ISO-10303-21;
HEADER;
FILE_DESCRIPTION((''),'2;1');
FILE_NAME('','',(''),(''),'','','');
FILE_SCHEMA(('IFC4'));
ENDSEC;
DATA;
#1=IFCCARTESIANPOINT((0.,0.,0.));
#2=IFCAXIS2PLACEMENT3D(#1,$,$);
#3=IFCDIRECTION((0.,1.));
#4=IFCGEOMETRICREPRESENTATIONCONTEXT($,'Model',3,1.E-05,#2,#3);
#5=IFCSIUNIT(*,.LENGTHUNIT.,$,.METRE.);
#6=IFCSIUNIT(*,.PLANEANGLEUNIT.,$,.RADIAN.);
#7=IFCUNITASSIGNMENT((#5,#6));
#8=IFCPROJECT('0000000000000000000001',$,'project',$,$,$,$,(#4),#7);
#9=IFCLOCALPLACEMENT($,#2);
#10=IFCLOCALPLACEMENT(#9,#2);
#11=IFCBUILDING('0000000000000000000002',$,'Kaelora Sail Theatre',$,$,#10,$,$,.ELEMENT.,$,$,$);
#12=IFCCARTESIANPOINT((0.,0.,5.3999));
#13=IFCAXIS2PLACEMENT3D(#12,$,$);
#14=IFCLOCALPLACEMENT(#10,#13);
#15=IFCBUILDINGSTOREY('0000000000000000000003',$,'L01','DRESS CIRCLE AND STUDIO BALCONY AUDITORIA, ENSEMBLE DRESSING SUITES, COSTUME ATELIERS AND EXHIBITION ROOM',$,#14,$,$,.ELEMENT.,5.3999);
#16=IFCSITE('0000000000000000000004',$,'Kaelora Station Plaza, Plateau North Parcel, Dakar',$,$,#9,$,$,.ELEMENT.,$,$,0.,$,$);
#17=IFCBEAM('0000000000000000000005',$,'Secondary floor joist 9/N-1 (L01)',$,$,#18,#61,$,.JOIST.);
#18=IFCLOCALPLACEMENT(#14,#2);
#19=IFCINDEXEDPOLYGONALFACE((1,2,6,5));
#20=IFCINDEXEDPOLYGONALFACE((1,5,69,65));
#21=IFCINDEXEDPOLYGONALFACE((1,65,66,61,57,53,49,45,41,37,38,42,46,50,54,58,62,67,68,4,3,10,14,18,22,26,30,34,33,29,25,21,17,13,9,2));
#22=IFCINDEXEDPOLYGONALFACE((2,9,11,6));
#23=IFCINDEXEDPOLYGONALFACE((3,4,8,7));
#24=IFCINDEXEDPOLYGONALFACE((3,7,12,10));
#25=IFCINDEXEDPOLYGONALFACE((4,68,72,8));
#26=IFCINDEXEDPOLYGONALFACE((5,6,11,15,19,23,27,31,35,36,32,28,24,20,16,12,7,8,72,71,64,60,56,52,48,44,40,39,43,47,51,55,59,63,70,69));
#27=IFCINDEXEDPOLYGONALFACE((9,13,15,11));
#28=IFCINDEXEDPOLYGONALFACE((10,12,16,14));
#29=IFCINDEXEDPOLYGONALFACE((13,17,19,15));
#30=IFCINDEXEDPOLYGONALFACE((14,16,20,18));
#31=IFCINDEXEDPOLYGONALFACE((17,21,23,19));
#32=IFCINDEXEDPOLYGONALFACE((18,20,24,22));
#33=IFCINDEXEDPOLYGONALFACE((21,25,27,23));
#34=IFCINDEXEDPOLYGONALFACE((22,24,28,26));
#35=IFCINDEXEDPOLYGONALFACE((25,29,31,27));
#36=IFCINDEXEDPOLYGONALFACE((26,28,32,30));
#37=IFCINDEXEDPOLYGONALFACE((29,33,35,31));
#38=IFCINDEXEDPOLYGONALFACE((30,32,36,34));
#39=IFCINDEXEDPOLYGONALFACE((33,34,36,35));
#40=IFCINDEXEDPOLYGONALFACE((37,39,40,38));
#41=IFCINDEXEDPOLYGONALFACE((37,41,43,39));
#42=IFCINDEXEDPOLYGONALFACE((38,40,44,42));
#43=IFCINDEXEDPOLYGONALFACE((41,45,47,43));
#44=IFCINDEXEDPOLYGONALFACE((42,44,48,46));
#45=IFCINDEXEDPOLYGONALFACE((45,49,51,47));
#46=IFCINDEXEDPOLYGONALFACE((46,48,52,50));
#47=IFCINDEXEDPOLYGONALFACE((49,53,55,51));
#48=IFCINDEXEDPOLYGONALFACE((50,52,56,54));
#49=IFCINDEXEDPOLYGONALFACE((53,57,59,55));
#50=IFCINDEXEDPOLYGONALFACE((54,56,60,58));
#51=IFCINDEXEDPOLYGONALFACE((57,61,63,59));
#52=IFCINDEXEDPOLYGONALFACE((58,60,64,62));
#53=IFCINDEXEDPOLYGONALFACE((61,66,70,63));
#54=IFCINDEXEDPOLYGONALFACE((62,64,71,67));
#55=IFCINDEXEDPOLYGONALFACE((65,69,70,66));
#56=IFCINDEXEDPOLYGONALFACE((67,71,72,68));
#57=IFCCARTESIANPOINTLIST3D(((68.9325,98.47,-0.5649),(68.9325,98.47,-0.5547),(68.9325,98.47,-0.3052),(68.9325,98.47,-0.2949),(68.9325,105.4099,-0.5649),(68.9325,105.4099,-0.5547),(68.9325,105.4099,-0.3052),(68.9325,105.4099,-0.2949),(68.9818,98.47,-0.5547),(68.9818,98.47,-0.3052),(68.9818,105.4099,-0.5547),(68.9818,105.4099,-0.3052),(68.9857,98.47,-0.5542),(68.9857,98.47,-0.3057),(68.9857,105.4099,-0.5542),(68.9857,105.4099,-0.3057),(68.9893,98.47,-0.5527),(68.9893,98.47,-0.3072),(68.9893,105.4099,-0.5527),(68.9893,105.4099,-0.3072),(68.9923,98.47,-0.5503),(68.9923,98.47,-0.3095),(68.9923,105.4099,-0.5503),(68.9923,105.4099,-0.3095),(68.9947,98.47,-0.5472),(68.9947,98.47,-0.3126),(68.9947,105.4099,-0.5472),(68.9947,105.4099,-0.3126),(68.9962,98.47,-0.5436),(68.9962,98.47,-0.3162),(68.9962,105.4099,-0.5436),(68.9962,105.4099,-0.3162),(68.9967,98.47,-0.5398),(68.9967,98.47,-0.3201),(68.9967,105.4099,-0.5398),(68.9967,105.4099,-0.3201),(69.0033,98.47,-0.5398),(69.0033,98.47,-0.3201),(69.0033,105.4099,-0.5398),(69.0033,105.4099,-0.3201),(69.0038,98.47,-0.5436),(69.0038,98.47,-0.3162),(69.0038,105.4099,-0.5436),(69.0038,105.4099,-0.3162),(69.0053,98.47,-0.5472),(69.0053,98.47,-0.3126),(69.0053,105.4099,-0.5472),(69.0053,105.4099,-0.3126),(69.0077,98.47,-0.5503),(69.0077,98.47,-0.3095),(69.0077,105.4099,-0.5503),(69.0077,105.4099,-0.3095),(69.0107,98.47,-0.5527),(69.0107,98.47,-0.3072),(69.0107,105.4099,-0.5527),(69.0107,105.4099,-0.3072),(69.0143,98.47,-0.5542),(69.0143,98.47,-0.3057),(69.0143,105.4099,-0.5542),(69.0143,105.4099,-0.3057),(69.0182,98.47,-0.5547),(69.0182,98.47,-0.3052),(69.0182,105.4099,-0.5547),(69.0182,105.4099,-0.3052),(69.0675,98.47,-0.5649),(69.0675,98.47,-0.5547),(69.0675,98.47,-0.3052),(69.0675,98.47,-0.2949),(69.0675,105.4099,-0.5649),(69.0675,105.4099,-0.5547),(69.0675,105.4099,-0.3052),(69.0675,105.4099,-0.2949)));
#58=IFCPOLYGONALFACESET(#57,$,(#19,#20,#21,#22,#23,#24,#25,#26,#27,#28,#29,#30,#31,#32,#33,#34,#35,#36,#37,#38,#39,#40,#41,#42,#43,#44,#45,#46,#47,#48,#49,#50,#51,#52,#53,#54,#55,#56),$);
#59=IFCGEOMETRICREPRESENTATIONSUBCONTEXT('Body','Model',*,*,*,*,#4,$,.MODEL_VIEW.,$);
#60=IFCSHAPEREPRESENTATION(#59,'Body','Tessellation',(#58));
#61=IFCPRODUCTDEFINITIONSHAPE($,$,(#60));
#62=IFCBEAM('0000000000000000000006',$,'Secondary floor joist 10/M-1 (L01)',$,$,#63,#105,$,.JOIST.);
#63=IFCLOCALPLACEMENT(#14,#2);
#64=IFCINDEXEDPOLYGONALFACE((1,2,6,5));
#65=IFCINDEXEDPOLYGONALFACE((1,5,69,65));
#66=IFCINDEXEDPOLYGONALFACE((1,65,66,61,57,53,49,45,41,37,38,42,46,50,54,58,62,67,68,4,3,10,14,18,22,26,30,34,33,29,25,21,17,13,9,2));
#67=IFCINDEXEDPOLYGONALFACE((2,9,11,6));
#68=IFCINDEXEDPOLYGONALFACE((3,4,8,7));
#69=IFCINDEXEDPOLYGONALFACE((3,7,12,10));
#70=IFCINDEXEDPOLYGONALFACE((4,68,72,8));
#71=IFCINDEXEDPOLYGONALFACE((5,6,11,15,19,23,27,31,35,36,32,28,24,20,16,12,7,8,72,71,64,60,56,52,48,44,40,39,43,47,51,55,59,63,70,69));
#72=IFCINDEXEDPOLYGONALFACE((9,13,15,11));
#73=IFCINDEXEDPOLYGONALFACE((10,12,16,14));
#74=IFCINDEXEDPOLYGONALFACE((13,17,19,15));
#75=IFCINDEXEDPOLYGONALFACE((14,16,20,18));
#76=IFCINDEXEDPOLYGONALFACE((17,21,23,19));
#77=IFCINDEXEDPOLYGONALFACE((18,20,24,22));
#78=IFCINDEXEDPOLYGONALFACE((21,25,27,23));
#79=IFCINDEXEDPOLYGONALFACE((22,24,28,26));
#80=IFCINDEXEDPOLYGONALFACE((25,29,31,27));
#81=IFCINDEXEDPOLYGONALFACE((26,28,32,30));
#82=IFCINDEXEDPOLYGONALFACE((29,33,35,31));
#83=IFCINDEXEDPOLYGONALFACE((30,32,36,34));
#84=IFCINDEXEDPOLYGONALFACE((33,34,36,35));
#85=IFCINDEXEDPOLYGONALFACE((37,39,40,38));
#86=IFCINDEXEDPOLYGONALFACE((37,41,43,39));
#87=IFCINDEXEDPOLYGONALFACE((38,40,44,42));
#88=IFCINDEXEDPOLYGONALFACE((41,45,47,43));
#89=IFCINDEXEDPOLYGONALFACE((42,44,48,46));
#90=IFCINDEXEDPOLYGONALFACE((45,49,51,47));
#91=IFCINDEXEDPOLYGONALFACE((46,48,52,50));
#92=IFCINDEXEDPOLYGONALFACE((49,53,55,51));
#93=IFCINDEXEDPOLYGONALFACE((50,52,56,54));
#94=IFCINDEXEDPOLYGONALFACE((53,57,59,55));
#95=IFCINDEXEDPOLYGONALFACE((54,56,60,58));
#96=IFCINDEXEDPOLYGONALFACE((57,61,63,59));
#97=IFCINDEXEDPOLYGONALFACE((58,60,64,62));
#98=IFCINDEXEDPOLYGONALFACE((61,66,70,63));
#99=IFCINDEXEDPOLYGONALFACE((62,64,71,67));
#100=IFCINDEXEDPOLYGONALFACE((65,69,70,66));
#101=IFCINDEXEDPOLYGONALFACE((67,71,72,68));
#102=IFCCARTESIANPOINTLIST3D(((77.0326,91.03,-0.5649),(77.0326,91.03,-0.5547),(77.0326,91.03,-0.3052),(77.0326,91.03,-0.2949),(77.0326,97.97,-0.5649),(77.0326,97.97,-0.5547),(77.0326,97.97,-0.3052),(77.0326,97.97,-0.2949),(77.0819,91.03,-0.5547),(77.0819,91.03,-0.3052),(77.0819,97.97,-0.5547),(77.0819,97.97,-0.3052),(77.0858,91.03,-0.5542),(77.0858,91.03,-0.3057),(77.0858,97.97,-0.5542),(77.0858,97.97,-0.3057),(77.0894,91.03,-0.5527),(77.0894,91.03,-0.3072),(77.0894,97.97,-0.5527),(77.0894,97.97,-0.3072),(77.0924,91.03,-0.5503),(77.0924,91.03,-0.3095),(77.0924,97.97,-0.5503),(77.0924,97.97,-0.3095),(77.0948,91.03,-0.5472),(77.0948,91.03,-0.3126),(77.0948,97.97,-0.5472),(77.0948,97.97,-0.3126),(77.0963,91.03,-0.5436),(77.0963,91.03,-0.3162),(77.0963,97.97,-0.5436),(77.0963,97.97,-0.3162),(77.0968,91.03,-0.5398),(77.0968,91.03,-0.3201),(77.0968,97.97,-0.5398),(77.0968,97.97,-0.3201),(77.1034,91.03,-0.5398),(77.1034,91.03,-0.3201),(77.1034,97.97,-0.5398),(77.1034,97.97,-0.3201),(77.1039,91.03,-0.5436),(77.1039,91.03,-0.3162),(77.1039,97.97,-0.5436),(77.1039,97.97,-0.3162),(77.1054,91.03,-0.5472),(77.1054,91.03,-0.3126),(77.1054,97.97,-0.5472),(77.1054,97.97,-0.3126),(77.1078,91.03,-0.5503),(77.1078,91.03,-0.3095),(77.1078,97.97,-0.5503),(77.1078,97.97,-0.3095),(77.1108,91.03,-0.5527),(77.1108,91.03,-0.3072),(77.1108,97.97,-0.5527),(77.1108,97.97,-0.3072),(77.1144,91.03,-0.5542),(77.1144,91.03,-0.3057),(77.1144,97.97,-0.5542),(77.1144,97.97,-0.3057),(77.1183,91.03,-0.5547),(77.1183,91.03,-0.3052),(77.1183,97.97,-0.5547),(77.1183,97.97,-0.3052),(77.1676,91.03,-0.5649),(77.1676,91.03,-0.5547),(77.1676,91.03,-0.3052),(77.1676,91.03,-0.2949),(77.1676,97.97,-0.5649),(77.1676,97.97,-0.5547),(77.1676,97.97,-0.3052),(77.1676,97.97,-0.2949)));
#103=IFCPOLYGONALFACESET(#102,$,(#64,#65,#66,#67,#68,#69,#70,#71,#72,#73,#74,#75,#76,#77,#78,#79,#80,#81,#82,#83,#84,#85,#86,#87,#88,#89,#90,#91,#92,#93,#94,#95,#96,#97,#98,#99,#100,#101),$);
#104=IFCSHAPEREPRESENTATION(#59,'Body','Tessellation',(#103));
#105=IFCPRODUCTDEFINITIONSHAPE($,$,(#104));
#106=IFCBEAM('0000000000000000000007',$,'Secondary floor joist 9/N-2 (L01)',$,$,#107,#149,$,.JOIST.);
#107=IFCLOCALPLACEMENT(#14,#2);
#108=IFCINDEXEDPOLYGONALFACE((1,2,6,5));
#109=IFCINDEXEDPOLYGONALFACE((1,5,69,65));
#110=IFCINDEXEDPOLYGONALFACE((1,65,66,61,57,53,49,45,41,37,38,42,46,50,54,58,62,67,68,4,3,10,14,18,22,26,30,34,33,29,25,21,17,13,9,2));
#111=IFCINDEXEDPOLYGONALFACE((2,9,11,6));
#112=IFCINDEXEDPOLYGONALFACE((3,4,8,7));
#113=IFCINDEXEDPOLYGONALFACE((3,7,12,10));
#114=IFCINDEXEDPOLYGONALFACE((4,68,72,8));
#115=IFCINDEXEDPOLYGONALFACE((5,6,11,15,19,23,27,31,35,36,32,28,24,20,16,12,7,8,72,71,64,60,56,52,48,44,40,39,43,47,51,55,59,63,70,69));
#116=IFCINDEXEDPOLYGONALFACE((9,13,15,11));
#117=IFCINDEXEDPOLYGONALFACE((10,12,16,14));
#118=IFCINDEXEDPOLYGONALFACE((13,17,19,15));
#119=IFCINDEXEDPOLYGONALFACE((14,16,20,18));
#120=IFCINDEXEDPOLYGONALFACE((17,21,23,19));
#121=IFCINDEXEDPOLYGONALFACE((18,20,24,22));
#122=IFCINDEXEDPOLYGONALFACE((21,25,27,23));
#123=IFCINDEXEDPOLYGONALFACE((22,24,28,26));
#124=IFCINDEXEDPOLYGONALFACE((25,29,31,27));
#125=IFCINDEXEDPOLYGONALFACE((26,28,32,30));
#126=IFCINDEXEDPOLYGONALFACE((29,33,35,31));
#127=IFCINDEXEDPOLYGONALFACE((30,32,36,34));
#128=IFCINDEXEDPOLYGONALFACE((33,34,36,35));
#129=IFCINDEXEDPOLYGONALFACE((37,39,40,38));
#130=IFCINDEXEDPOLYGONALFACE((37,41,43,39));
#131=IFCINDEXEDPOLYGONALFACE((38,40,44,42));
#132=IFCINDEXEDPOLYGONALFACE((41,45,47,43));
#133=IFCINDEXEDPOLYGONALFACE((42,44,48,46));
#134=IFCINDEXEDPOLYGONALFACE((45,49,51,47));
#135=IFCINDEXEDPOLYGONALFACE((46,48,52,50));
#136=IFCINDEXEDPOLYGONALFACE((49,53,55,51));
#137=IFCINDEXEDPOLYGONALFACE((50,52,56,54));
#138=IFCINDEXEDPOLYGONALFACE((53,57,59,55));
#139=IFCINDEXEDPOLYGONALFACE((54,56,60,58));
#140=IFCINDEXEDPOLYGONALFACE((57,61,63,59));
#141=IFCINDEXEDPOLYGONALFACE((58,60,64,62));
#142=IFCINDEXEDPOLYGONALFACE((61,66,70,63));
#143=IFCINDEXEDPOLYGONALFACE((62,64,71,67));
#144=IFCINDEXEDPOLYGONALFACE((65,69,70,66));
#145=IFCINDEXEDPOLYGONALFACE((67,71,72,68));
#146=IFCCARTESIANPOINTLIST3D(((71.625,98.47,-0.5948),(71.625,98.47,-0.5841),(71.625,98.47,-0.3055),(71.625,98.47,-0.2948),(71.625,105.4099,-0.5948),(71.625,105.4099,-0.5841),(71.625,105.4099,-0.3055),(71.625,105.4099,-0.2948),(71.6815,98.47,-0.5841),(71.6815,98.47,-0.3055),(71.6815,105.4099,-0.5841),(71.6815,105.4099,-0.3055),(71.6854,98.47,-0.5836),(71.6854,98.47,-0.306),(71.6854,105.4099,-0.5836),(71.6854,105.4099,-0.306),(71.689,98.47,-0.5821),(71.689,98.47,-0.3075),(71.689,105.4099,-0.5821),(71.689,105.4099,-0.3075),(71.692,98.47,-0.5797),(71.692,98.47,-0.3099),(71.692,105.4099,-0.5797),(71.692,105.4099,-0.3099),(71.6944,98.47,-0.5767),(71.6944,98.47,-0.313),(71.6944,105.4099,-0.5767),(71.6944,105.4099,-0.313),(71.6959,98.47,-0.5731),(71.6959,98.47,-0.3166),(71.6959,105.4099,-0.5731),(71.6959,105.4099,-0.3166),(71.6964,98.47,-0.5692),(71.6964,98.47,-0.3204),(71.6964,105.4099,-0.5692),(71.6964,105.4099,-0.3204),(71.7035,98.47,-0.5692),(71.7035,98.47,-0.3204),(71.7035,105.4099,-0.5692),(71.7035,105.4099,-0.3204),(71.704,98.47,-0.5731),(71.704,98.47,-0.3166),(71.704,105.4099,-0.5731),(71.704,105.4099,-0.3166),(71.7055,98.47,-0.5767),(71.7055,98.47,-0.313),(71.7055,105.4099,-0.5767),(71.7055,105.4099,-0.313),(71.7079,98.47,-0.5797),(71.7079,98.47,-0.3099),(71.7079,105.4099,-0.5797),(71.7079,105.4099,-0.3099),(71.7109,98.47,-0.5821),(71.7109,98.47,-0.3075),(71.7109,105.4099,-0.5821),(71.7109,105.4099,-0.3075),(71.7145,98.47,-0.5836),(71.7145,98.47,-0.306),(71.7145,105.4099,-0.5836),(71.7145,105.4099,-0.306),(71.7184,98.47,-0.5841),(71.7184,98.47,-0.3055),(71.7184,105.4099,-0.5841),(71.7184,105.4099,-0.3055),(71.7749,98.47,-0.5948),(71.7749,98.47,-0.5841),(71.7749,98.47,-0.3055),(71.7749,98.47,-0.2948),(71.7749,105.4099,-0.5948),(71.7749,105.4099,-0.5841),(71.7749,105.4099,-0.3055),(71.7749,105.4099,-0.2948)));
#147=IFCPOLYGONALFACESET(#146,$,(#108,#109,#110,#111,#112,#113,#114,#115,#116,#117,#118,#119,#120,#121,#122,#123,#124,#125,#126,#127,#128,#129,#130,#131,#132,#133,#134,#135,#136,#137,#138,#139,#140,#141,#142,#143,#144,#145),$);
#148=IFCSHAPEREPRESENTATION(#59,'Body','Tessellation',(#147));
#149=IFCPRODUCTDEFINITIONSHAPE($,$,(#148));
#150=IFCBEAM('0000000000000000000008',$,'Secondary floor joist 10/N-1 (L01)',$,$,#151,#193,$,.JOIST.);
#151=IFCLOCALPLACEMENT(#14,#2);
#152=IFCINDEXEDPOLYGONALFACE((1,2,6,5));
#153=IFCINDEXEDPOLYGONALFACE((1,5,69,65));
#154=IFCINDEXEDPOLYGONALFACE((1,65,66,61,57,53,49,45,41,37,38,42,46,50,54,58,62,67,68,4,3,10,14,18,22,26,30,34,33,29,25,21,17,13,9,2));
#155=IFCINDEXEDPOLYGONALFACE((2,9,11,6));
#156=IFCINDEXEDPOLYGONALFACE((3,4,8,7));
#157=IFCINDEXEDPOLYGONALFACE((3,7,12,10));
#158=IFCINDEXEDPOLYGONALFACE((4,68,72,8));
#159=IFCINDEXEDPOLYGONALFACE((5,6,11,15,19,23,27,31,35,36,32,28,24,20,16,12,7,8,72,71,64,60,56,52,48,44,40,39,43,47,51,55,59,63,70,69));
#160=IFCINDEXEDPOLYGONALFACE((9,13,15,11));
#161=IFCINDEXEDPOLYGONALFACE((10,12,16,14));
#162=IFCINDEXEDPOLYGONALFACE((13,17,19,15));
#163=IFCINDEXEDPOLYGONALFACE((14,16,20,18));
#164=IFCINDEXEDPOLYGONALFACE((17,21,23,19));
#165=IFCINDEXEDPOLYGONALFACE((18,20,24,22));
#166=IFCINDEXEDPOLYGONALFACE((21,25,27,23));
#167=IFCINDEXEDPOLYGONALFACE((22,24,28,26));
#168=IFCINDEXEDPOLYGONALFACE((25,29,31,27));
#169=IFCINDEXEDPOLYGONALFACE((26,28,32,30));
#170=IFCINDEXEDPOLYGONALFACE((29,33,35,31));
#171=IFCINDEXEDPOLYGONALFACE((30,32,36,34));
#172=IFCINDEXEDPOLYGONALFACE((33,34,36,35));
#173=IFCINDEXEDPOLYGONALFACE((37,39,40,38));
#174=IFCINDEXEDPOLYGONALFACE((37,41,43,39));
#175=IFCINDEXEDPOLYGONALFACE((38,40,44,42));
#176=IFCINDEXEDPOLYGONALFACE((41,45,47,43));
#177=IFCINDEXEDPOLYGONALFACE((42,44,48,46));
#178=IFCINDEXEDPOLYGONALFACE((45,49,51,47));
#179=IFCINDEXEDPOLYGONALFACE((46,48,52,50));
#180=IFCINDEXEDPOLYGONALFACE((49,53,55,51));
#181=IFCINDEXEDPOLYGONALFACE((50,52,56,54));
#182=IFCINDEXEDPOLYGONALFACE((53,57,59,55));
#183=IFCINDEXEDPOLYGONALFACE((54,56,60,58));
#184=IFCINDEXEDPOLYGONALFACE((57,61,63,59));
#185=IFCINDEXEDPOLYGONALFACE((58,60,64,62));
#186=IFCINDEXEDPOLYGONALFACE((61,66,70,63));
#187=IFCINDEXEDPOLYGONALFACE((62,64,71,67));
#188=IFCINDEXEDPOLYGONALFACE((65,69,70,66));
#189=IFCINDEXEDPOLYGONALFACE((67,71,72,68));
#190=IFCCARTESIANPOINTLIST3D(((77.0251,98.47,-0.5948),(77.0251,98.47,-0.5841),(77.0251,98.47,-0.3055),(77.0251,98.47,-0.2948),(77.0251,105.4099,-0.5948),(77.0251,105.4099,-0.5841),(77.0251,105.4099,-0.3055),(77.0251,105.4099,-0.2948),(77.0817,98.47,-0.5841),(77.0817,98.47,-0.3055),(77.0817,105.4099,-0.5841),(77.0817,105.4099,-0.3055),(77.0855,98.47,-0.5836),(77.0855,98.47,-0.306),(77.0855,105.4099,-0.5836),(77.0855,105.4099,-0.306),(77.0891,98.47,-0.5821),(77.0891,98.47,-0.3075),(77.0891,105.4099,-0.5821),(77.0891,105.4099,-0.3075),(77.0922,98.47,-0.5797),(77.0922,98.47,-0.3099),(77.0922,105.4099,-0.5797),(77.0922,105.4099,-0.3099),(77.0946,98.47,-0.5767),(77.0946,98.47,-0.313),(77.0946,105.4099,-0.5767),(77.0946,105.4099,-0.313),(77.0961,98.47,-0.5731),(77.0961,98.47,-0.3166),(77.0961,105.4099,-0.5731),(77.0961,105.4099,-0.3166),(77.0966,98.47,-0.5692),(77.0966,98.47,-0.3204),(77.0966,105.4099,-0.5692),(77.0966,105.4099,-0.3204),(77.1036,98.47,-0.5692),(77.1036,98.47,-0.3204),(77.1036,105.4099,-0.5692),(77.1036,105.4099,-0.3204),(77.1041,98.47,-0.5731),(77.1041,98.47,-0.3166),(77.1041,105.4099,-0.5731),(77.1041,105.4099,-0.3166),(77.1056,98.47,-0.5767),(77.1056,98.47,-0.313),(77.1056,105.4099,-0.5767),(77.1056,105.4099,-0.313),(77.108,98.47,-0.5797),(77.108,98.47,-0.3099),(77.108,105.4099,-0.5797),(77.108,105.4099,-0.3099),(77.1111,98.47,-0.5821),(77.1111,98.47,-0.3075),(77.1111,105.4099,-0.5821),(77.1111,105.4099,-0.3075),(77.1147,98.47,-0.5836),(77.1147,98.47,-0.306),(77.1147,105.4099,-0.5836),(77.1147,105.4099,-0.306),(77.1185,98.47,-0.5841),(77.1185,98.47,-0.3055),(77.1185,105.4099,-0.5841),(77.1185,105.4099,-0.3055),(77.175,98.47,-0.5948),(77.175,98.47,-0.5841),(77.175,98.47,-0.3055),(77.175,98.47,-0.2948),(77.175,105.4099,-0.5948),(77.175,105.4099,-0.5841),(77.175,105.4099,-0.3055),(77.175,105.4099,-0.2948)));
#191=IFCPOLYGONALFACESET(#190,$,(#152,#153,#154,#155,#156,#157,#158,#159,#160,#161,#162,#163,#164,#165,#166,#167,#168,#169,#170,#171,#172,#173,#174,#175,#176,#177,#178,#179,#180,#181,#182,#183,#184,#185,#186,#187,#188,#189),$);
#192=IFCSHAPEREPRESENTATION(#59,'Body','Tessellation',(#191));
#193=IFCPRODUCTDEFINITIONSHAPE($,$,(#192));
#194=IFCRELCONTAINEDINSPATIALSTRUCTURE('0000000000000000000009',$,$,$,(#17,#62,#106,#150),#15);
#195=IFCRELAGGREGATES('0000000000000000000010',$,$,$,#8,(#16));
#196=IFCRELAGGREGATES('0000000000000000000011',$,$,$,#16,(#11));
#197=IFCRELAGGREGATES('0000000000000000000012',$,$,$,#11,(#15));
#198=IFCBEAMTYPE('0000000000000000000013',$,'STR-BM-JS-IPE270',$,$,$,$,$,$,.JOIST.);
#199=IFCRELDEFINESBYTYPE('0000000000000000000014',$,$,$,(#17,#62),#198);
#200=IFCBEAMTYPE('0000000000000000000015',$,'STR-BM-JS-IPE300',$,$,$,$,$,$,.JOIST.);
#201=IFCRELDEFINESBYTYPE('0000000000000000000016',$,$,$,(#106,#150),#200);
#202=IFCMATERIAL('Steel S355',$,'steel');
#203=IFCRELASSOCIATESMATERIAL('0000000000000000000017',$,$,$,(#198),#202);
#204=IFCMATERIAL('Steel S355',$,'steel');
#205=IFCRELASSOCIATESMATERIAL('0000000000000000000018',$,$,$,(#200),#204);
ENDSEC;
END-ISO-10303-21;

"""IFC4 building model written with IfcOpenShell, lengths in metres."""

from ifc_helpers import new_model, si_unit, direction, frame, origin, origin_2d, place, context, subcontext, project, spatial, i_section, extrude, material, material_profile, profile_set, type_object, element, save


model = new_model("IFC4")

# Units and contexts
model_context = context("Model", 3, precision=1e-05, world=origin(), true_north=direction((0.0, 1.0)))
body_context = subcontext(model_context, "Body", "Model", "MODEL_VIEW")
ifc_project = project(units=[si_unit("LENGTHUNIT", "METRE"), si_unit("PLANEANGLEUNIT", "RADIAN")], contexts=[model_context])

# Site, building, storey
site_placement = place(None, origin())
site = spatial("IfcSite", under=ifc_project, at=site_placement, Name="Kaelora Station Plaza, Plateau North Parcel, Dakar", CompositionType="ELEMENT", RefElevation=0.0)
building_placement = place(site_placement, origin())
building = spatial("IfcBuilding", under=site, at=building_placement, Name="Kaelora Sail Theatre", CompositionType="ELEMENT")
storey_placement = place(building_placement, frame((0.0, 0.0, 5.3999)))
storey = spatial("IfcBuildingStorey", under=building, at=storey_placement, Name="L01", Description="DRESS CIRCLE AND STUDIO BALCONY AUDITORIA, ENSEMBLE DRESSING SUITES, COSTUME ATELIERS AND EXHIBITION ROOM", CompositionType="ELEMENT", Elevation=5.3999)

# Beams
ifc_material_1 = material(Name="Steel S355", Category="steel")
ifc_material_profile_1 = material_profile(ifc_material_1, i_section(OverallWidth=0.135, OverallDepth=0.27, WebThickness=0.0066, FlangeThickness=0.0103, FilletRadius=0.0149, at=origin_2d()), Name="IPE 270")
ifc_profile_set_1 = profile_set([ifc_material_profile_1], Name="Steel S355")
beam_type_1 = type_object("IfcBeamType", Name="STR-BM-JS-IPE270", PredefinedType="JOIST", material=ifc_profile_set_1)
for number, where, z_axis, x_axis, name in (
    (1, (69.0, 98.47, -0.4299), (0.0, 1.0, 0.0), (-1.0, 0.0, 0.0), "Secondary floor joist 9/N-1 (L01)"),
    (2, (77.1001, 91.03, -0.4299), (0.0, 1.0, 0.0), (-1.0, 0.0, 0.0), "Secondary floor joist 10/M-1 (L01)"),
):
    element("IfcBeam", number, at=place(storey_placement, frame(where, z_axis=z_axis, x_axis=x_axis)), inside=storey, type_object=beam_type_1, Name=name, PredefinedType="JOIST", context=body_context, shape_type="SweptSolid", body=[
        extrude(i_section(OverallWidth=0.135, OverallDepth=0.27, WebThickness=0.0066, FlangeThickness=0.0103, FilletRadius=0.0149, at=origin_2d()), origin(), (0.0, 0.0, 1.0), 6.9399),
    ])
ifc_material_2 = material(Name="Steel S355", Category="steel")
ifc_material_profile_2 = material_profile(ifc_material_2, i_section(OverallWidth=0.1499, OverallDepth=0.3, WebThickness=0.0071, FlangeThickness=0.0107, FilletRadius=0.0149, at=origin_2d()), Name="IPE 300")
ifc_profile_set_2 = profile_set([ifc_material_profile_2], Name="Steel S355")
beam_type_2 = type_object("IfcBeamType", Name="STR-BM-JS-IPE300", PredefinedType="JOIST", material=ifc_profile_set_2)
for number, where, z_axis, x_axis, name in (
    (3, (71.7, 98.47, -0.4448), (0.0, 1.0, 0.0), (-1.0, 0.0, 0.0), "Secondary floor joist 9/N-2 (L01)"),
    (4, (77.1001, 98.47, -0.4448), (0.0, 1.0, 0.0), (-1.0, 0.0, 0.0), "Secondary floor joist 10/N-1 (L01)"),
):
    element("IfcBeam", number, at=place(storey_placement, frame(where, z_axis=z_axis, x_axis=x_axis)), inside=storey, type_object=beam_type_2, Name=name, PredefinedType="JOIST", context=body_context, shape_type="SweptSolid", body=[
        extrude(i_section(OverallWidth=0.1499, OverallDepth=0.3, WebThickness=0.0071, FlangeThickness=0.0107, FilletRadius=0.0149, at=origin_2d()), origin(), (0.0, 0.0, 1.0), 6.9399),
    ])

save(model, "model.ifc")
